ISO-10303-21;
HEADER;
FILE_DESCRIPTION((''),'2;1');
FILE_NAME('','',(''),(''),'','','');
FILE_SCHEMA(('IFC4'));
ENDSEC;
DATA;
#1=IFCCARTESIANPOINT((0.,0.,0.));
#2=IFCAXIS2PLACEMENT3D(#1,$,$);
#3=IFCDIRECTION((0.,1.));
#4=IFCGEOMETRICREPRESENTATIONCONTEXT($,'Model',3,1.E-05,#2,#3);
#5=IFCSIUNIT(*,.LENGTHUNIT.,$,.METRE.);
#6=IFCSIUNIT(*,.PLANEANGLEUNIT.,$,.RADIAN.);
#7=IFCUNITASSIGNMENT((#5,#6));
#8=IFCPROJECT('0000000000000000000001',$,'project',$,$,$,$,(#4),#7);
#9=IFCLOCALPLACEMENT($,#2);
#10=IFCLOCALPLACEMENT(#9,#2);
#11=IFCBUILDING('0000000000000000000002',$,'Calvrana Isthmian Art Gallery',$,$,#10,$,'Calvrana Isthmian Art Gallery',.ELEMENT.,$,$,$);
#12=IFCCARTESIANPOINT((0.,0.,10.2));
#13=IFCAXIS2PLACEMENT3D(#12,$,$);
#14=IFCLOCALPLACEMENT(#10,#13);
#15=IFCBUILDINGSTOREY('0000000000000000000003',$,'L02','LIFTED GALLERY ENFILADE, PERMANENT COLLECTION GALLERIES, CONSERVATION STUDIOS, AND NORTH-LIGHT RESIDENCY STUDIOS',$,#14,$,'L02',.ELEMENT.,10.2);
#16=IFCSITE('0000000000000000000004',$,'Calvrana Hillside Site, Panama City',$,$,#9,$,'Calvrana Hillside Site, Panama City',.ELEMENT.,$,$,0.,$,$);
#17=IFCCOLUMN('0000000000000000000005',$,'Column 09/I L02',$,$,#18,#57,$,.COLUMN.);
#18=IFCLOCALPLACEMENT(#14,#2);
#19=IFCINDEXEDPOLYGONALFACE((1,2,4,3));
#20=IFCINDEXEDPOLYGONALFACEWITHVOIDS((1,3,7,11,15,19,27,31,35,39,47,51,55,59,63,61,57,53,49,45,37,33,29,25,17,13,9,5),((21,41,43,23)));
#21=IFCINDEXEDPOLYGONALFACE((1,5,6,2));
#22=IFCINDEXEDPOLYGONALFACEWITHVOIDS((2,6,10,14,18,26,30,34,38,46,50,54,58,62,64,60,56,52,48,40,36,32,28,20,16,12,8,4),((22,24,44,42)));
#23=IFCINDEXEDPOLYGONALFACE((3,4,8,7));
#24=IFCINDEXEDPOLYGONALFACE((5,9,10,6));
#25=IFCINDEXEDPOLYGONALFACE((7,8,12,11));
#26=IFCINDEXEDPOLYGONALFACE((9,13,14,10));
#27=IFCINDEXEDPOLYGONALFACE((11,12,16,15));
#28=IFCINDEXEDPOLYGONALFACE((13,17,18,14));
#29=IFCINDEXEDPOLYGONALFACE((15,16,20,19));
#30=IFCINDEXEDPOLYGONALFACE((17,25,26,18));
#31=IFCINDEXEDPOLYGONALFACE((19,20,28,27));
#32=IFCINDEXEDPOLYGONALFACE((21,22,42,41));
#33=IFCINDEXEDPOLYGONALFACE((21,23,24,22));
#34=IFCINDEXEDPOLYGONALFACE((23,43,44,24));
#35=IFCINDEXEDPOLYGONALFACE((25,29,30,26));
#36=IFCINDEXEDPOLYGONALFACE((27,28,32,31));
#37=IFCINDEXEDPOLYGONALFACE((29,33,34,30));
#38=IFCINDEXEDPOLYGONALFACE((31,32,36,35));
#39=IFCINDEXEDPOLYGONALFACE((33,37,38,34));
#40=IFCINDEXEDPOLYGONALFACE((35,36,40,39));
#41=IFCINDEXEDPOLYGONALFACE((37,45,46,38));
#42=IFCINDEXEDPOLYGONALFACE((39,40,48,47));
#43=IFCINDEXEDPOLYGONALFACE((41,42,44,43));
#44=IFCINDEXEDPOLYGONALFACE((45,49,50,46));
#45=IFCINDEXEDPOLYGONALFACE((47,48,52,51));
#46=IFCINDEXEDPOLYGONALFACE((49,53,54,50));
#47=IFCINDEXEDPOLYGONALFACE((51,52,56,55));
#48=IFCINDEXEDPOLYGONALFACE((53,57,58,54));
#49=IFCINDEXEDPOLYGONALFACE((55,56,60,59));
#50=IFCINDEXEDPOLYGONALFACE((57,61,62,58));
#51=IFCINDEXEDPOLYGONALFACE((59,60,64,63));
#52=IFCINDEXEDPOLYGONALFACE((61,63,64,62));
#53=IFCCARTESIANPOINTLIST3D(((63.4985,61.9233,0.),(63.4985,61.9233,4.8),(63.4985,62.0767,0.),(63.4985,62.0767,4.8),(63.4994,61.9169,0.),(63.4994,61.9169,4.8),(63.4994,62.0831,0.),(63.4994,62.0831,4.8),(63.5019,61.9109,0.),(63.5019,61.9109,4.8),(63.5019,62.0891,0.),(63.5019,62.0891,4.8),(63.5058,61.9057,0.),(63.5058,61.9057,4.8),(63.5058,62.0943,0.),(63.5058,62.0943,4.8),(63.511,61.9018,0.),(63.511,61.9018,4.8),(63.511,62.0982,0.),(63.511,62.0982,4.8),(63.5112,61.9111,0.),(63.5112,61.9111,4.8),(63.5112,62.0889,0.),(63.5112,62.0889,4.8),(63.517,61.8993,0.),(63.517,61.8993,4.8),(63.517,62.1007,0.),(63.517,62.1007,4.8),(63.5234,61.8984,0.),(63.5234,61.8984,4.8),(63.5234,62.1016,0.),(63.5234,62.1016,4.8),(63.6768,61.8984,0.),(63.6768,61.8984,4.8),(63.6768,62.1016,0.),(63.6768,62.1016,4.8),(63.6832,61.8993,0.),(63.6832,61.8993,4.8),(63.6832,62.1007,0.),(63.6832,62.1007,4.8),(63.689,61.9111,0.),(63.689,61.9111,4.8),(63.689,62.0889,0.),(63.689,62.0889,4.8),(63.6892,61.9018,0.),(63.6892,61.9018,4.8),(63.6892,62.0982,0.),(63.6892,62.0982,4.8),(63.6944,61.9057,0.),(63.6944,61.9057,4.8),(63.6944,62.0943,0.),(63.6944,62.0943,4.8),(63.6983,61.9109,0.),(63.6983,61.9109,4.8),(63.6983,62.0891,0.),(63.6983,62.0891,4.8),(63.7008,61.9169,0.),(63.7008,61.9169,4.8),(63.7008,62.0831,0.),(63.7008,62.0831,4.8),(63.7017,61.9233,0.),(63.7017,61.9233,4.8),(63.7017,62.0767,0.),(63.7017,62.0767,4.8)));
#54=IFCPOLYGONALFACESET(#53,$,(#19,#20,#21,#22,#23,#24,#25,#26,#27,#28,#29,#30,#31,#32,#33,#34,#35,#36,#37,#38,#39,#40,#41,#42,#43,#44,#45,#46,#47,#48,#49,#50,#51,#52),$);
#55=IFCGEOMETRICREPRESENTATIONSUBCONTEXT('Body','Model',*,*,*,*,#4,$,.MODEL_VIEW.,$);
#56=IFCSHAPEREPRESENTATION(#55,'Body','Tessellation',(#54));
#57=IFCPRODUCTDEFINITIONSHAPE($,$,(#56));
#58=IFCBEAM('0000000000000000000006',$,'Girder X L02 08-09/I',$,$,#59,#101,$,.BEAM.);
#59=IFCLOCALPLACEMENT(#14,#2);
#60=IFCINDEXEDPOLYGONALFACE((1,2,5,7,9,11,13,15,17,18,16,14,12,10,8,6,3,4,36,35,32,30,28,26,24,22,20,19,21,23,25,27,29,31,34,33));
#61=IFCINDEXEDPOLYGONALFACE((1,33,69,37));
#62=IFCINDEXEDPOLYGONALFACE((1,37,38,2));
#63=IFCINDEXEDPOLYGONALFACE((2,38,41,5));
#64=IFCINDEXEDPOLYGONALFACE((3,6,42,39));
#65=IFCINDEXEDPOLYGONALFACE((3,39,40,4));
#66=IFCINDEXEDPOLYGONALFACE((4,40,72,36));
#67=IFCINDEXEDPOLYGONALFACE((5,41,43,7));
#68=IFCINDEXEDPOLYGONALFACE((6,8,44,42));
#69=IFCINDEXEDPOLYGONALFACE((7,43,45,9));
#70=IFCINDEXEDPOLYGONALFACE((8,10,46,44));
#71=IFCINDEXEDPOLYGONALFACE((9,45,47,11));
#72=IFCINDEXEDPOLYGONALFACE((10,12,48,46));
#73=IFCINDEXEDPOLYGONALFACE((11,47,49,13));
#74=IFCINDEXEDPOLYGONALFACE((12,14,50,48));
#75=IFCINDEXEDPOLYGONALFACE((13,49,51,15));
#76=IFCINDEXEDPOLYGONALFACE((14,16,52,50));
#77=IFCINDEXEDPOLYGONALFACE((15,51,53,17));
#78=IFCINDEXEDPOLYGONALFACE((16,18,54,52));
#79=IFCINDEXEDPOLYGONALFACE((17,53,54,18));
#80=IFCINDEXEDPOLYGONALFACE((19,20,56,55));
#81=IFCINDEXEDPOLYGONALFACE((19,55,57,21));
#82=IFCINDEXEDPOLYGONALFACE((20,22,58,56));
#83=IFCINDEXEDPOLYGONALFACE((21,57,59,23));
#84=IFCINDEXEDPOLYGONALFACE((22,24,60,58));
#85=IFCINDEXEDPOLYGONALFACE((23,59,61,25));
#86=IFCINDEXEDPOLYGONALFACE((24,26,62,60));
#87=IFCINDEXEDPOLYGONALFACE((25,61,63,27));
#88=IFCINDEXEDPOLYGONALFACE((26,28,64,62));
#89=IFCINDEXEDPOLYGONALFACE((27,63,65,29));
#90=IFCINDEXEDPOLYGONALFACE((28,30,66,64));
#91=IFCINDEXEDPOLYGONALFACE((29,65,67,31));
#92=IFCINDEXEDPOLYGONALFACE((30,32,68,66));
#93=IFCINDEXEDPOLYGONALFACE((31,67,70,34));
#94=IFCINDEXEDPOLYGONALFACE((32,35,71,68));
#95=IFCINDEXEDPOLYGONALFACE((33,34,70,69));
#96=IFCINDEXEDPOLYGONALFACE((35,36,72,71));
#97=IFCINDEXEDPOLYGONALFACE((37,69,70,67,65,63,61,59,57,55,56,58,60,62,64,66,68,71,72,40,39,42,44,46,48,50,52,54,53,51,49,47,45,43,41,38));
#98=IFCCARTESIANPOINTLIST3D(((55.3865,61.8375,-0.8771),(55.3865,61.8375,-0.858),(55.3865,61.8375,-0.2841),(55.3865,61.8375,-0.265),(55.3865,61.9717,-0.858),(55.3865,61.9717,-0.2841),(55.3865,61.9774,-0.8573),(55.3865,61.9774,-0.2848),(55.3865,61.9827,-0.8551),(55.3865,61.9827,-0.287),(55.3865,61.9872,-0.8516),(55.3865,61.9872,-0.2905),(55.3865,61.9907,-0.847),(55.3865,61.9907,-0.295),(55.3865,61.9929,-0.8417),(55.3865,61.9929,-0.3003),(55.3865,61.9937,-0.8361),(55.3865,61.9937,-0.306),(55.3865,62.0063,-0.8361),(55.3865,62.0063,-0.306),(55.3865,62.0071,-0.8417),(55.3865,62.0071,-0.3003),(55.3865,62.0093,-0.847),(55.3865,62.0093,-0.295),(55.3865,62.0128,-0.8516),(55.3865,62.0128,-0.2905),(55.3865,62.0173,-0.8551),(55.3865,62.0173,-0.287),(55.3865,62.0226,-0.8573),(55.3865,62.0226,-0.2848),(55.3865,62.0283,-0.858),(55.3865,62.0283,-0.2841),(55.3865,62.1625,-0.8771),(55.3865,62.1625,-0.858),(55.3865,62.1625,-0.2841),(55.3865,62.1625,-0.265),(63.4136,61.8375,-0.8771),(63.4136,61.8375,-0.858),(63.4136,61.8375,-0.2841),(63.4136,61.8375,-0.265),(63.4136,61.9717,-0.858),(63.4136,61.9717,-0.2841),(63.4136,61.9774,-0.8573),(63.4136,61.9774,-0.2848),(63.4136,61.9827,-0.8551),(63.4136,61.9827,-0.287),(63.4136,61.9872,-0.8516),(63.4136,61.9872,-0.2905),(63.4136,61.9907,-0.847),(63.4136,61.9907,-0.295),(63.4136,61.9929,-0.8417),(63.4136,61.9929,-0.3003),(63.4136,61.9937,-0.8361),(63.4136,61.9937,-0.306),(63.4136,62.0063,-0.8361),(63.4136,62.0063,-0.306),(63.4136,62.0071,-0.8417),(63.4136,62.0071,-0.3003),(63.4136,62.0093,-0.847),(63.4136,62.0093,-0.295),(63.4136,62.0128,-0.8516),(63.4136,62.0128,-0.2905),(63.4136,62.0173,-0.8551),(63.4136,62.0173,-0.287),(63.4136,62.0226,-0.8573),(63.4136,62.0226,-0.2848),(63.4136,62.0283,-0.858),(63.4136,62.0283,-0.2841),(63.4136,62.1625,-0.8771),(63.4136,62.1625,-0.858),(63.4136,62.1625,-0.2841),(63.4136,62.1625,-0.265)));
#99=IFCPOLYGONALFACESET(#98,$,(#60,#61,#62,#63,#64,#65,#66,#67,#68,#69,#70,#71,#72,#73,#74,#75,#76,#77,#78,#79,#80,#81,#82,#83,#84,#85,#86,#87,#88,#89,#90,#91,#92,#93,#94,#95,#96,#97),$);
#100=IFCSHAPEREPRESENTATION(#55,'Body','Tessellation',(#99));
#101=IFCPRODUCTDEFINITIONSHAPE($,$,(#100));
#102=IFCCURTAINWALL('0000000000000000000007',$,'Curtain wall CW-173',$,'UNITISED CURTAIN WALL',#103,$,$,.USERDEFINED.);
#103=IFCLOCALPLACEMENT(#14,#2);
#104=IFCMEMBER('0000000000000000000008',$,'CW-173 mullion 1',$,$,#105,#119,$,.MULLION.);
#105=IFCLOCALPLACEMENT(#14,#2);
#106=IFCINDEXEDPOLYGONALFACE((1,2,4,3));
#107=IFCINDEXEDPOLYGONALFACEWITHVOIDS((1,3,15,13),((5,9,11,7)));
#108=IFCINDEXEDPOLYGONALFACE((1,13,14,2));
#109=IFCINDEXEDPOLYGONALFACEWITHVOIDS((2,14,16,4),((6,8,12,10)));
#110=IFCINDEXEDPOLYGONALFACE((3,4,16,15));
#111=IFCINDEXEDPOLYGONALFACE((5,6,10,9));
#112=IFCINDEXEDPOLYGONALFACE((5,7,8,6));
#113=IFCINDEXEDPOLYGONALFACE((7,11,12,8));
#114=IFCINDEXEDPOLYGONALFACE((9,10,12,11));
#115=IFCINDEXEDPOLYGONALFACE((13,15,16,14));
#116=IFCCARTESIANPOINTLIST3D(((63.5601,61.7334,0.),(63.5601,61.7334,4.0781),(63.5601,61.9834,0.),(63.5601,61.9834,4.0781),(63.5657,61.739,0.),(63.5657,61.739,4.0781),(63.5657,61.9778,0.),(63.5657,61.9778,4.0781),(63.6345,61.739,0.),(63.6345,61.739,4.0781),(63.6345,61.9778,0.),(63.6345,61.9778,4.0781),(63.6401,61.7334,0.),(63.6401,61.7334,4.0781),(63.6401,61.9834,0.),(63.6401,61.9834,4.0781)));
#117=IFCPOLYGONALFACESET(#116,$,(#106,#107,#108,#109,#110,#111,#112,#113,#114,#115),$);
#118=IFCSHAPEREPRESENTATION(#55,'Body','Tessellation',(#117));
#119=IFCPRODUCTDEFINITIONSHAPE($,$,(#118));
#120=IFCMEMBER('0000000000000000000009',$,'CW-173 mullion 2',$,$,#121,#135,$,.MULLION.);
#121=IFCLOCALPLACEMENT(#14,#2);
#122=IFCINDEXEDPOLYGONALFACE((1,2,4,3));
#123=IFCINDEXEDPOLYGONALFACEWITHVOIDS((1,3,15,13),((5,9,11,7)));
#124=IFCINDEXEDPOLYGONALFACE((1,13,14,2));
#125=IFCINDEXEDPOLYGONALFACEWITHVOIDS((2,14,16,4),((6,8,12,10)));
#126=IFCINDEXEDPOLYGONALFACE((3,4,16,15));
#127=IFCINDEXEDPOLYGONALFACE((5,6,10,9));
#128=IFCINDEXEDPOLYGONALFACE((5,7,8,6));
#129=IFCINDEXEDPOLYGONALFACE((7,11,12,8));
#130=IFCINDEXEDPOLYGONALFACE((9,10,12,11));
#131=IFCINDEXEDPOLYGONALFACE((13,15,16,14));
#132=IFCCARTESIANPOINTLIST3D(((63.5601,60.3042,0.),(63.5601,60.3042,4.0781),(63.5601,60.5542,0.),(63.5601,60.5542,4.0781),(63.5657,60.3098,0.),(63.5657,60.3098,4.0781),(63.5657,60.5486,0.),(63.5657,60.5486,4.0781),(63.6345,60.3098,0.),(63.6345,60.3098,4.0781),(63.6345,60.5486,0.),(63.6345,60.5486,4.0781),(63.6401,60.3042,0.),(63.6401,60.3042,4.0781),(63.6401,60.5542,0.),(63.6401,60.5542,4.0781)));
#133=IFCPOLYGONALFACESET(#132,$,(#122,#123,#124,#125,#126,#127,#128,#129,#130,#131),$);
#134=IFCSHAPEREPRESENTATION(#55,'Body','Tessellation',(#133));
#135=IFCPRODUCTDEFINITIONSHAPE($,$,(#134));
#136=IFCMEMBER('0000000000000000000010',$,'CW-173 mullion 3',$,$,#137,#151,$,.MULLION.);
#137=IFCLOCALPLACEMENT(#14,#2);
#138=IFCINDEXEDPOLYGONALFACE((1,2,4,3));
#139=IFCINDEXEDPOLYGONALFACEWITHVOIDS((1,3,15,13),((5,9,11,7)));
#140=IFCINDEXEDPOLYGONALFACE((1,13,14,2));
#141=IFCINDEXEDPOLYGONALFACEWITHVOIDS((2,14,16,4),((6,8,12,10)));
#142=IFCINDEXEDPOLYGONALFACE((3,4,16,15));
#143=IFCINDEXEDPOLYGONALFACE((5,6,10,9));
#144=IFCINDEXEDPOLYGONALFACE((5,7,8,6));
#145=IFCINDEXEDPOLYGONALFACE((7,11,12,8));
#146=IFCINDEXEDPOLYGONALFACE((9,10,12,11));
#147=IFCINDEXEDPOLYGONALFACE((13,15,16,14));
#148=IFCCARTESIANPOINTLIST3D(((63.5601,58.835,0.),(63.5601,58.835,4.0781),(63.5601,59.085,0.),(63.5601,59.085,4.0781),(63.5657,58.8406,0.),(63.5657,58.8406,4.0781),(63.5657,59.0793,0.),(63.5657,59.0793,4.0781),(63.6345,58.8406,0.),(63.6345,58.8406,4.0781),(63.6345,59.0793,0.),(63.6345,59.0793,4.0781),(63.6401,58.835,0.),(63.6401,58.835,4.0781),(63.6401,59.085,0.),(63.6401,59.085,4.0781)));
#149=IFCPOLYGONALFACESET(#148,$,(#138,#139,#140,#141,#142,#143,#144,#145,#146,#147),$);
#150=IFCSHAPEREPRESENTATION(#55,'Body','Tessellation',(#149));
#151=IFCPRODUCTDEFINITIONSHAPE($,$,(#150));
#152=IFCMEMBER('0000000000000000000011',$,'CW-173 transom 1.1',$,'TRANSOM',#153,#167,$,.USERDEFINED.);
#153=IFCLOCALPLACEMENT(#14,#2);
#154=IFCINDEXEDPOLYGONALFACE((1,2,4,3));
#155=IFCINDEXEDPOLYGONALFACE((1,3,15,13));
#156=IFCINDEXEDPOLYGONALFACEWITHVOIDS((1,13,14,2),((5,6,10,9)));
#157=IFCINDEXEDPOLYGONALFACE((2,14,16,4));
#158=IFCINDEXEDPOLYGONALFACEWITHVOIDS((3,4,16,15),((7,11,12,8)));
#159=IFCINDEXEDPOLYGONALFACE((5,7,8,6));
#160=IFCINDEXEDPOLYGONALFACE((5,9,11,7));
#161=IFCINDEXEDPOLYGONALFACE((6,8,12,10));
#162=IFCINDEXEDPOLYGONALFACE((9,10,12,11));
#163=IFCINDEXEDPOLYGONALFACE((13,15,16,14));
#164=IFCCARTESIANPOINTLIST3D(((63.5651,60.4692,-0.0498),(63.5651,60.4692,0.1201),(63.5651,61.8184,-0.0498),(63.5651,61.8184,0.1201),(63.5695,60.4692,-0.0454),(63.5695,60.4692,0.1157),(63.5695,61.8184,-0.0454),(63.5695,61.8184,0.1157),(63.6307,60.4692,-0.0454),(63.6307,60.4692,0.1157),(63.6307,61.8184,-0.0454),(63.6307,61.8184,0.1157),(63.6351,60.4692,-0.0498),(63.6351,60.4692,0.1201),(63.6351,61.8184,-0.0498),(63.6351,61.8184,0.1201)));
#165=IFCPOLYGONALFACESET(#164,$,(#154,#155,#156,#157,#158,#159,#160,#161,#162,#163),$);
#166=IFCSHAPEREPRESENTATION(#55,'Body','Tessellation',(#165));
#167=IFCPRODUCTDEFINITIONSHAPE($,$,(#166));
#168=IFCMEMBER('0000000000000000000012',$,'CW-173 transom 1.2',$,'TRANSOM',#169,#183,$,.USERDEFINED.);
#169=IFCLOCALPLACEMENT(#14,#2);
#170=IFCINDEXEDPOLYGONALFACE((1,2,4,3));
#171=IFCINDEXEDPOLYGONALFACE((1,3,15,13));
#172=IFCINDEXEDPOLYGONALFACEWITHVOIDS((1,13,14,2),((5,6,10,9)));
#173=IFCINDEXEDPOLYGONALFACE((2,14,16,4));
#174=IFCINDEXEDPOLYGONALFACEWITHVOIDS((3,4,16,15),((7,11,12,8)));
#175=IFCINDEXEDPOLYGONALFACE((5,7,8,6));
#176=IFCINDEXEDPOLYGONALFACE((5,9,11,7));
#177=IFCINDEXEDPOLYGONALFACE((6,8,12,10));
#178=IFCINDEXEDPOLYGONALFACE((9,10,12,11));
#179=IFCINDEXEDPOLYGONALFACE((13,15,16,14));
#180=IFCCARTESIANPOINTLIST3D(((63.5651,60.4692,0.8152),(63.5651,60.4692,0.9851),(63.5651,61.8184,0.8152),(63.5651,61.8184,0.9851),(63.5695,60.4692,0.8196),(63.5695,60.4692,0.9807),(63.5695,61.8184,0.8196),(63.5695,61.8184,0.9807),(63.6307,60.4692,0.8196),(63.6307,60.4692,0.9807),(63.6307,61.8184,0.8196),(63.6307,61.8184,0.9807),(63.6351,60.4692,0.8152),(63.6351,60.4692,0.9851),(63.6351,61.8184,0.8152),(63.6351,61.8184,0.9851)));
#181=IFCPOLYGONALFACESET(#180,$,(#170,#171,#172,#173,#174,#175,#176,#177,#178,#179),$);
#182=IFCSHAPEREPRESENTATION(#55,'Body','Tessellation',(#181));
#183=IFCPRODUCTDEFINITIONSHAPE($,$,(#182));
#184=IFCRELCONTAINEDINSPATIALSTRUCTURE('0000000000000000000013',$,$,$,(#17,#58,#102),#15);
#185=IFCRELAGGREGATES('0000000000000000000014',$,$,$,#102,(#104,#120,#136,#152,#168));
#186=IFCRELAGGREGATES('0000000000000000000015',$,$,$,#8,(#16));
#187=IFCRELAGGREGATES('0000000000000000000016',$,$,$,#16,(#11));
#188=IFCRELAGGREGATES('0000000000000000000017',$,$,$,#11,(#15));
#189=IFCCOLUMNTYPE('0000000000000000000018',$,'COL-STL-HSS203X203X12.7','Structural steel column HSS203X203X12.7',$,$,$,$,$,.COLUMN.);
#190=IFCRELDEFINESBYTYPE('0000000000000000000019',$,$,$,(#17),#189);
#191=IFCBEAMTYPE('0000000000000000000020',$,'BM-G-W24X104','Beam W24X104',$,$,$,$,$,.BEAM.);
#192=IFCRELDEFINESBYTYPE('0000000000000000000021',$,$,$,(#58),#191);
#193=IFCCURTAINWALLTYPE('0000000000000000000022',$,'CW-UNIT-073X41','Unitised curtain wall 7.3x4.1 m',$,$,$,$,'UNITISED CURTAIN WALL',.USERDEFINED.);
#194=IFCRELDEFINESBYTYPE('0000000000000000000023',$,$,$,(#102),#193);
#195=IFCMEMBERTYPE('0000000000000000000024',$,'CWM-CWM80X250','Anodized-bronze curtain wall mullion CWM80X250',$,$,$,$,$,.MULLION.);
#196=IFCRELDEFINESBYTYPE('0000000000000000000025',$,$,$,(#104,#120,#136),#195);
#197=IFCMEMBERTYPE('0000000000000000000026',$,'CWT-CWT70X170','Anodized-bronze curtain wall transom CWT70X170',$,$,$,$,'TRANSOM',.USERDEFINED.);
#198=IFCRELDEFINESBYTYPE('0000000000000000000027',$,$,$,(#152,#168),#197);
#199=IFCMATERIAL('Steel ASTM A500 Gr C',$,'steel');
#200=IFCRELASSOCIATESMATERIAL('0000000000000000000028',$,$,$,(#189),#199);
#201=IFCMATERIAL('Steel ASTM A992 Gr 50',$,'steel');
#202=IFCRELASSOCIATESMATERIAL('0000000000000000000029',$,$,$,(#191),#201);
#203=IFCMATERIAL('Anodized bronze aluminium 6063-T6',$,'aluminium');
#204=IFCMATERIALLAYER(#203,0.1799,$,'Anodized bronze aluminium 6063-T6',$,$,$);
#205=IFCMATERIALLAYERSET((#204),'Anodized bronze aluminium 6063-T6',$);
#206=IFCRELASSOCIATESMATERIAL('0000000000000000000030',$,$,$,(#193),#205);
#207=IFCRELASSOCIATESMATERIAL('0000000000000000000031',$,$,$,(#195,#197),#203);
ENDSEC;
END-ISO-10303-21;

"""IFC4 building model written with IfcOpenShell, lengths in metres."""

from ifc_helpers import new_model, si_unit, direction, frame, origin, origin_2d, place, context, subcontext, project, spatial, hollow_rectangle, i_section, extrude, material, layer, layer_set, material_profile, profile_set, type_object, element, aggregate, save


model = new_model("IFC4")

# Units and contexts
model_context = context("Model", 3, precision=1e-05, world=origin(), true_north=direction((0.0, 1.0)))
body_context = subcontext(model_context, "Body", "Model", "MODEL_VIEW")
ifc_project = project(units=[si_unit("LENGTHUNIT", "METRE"), si_unit("PLANEANGLEUNIT", "RADIAN")], contexts=[model_context])

# Site, building, storey
site_placement = place(None, origin())
site = spatial("IfcSite", under=ifc_project, at=site_placement, Name="Calvrana Hillside Site, Panama City", LongName="Calvrana Hillside Site, Panama City", CompositionType="ELEMENT", RefElevation=0.0)
building_placement = place(site_placement, origin())
building = spatial("IfcBuilding", under=site, at=building_placement, Name="Calvrana Isthmian Art Gallery", LongName="Calvrana Isthmian Art Gallery", CompositionType="ELEMENT")
storey_placement = place(building_placement, frame((0.0, 0.0, 10.2)))
storey = spatial("IfcBuildingStorey", under=building, at=storey_placement, Name="L02", Description="LIFTED GALLERY ENFILADE, PERMANENT COLLECTION GALLERIES, CONSERVATION STUDIOS, AND NORTH-LIGHT RESIDENCY STUDIOS", LongName="L02", CompositionType="ELEMENT", Elevation=10.2)

# Column
ifc_material_1 = material(Name="Steel ASTM A500 Gr C", Category="steel")
ifc_material_profile_1 = material_profile(ifc_material_1, hollow_rectangle(XDim=0.2031, YDim=0.2031, WallThickness=0.0127, OuterFilletRadius=0.0249, at=origin_2d()), Name="HSS203X203X12.7")
ifc_profile_set_1 = profile_set([ifc_material_profile_1], Name="Steel ASTM A500 Gr C")
column_type = type_object("IfcColumnType", Name="COL-STL-HSS203X203X12.7", Description="Structural steel column HSS203X203X12.7", PredefinedType="COLUMN", material=ifc_profile_set_1)
column_placement = place(storey_placement, frame((63.6001, 62.0, 0.0), z_axis=(0.0, 0.0, 1.0), x_axis=(1.0, 0.0, 0.0)))
element("IfcColumn", 1, at=column_placement, inside=storey, type_object=column_type, Name="Column 09/I L02", PredefinedType="COLUMN", context=body_context, shape_type="SweptSolid", body=[
    extrude(hollow_rectangle(XDim=0.2031, YDim=0.2031, WallThickness=0.0127, OuterFilletRadius=0.0249, at=origin_2d()), origin(), (0.0, 0.0, 1.0), 4.8),
])

# Beam
ifc_material_2 = material(Name="Steel ASTM A992 Gr 50", Category="steel")
ifc_material_profile_2 = material_profile(ifc_material_2, i_section(OverallWidth=0.325, OverallDepth=0.6121, WebThickness=0.0127, FlangeThickness=0.019, FilletRadius=0.022, at=origin_2d()), Name="W24X104")
ifc_profile_set_2 = profile_set([ifc_material_profile_2], Name="Steel ASTM A992 Gr 50")
beam_type = type_object("IfcBeamType", Name="BM-G-W24X104", Description="Beam W24X104", PredefinedType="BEAM", material=ifc_profile_set_2)
beam_placement = place(storey_placement, frame((55.3865, 62.0, -0.571), z_axis=(1.0, 0.0, 0.0), x_axis=(0.0, 1.0, 0.0)))
element("IfcBeam", 2, at=beam_placement, inside=storey, type_object=beam_type, Name="Girder X L02 08-09/I", PredefinedType="BEAM", context=body_context, shape_type="SweptSolid", body=[
    extrude(i_section(OverallWidth=0.325, OverallDepth=0.6121, WebThickness=0.0127, FlangeThickness=0.019, FilletRadius=0.022, at=origin_2d()), origin(), (0.0, 0.0, 1.0), 8.0271),
])

# Curtain wall, members
ifc_material_3 = material(Name="Anodized bronze aluminium 6063-T6", Category="aluminium")
ifc_layer_1 = layer(ifc_material_3, 0.1799, Name="Anodized bronze aluminium 6063-T6")
ifc_layer_set_1 = layer_set([ifc_layer_1], Name="Anodized bronze aluminium 6063-T6")
curtain_wall_type = type_object("IfcCurtainWallType", Name="CW-UNIT-073X41", Description="Unitised curtain wall 7.3x4.1 m", ElementType="UNITISED CURTAIN WALL", PredefinedType="USERDEFINED", material=ifc_layer_set_1)
curtain_wall_placement = place(storey_placement, origin())
curtain_wall = element("IfcCurtainWall", 3, at=curtain_wall_placement, inside=storey, type_object=curtain_wall_type, Name="Curtain wall CW-173", ObjectType="UNITISED CURTAIN WALL", PredefinedType="USERDEFINED")
ifc_material_profile_3 = material_profile(ifc_material_3, hollow_rectangle(XDim=0.0801, YDim=0.25, WallThickness=0.0056, at=origin_2d()), Name="CWM80X250")
ifc_profile_set_3 = profile_set([ifc_material_profile_3], Name="Anodized bronze aluminium 6063-T6")
member_type_1 = type_object("IfcMemberType", Name="CWM-CWM80X250", Description="Anodized-bronze curtain wall mullion CWM80X250", PredefinedType="MULLION", material=ifc_profile_set_3)
member_1_placement = place(storey_placement, frame((63.6001, 61.8584, 0.0), z_axis=(0.0, 0.0, 1.0), x_axis=(1.0, 0.0, 0.0)))
member_1 = element("IfcMember", 4, at=member_1_placement, type_object=member_type_1, Name="CW-173 mullion 1", PredefinedType="MULLION", context=body_context, shape_type="SweptSolid", body=[
    extrude(hollow_rectangle(XDim=0.0801, YDim=0.25, WallThickness=0.0056, at=origin_2d()), origin(), (0.0, 0.0, 1.0), 4.0781),
])
member_2_placement = place(storey_placement, frame((63.6001, 60.4292, 0.0), z_axis=(0.0, 0.0, 1.0), x_axis=(1.0, 0.0, 0.0)))
member_2 = element("IfcMember", 5, at=member_2_placement, type_object=member_type_1, Name="CW-173 mullion 2", PredefinedType="MULLION", context=body_context, shape_type="SweptSolid", body=[
    extrude(hollow_rectangle(XDim=0.0801, YDim=0.25, WallThickness=0.0056, at=origin_2d()), origin(), (0.0, 0.0, 1.0), 4.0781),
])
member_3_placement = place(storey_placement, frame((63.6001, 58.96, 0.0), z_axis=(0.0, 0.0, 1.0), x_axis=(1.0, 0.0, 0.0)))
member_3 = element("IfcMember", 6, at=member_3_placement, type_object=member_type_1, Name="CW-173 mullion 3", PredefinedType="MULLION", context=body_context, shape_type="SweptSolid", body=[
    extrude(hollow_rectangle(XDim=0.0801, YDim=0.25, WallThickness=0.0056, at=origin_2d()), origin(), (0.0, 0.0, 1.0), 4.0781),
])
ifc_material_profile_4 = material_profile(ifc_material_3, hollow_rectangle(XDim=0.0701, YDim=0.1699, WallThickness=0.0044, at=origin_2d()), Name="CWT70X170")
ifc_profile_set_4 = profile_set([ifc_material_profile_4], Name="Anodized bronze aluminium 6063-T6")
member_type_2 = type_object("IfcMemberType", Name="CWT-CWT70X170", Description="Anodized-bronze curtain wall transom CWT70X170", ElementType="TRANSOM", PredefinedType="USERDEFINED", material=ifc_profile_set_4)
member_4_placement = place(storey_placement, frame((63.6001, 61.8184, 0.0352), z_axis=(0.0, -1.0, 0.0), x_axis=(1.0, 0.0, 0.0)))
member_4 = element("IfcMember", 7, at=member_4_placement, type_object=member_type_2, Name="CW-173 transom 1.1", ObjectType="TRANSOM", PredefinedType="USERDEFINED", context=body_context, shape_type="SweptSolid", body=[
    extrude(hollow_rectangle(XDim=0.0701, YDim=0.1699, WallThickness=0.0044, at=origin_2d()), origin(), (0.0, 0.0, 1.0), 1.3491),
])
member_5_placement = place(storey_placement, frame((63.6001, 61.8184, 0.9001), z_axis=(0.0, -1.0, 0.0), x_axis=(1.0, 0.0, 0.0)))
member_5 = element("IfcMember", 8, at=member_5_placement, type_object=member_type_2, Name="CW-173 transom 1.2", ObjectType="TRANSOM", PredefinedType="USERDEFINED", context=body_context, shape_type="SweptSolid", body=[
    extrude(hollow_rectangle(XDim=0.0701, YDim=0.1699, WallThickness=0.0044, at=origin_2d()), origin(), (0.0, 0.0, 1.0), 1.3491),
])
aggregate(curtain_wall, [member_1, member_2, member_3, member_4, member_5])

save(model, "model.ifc")
